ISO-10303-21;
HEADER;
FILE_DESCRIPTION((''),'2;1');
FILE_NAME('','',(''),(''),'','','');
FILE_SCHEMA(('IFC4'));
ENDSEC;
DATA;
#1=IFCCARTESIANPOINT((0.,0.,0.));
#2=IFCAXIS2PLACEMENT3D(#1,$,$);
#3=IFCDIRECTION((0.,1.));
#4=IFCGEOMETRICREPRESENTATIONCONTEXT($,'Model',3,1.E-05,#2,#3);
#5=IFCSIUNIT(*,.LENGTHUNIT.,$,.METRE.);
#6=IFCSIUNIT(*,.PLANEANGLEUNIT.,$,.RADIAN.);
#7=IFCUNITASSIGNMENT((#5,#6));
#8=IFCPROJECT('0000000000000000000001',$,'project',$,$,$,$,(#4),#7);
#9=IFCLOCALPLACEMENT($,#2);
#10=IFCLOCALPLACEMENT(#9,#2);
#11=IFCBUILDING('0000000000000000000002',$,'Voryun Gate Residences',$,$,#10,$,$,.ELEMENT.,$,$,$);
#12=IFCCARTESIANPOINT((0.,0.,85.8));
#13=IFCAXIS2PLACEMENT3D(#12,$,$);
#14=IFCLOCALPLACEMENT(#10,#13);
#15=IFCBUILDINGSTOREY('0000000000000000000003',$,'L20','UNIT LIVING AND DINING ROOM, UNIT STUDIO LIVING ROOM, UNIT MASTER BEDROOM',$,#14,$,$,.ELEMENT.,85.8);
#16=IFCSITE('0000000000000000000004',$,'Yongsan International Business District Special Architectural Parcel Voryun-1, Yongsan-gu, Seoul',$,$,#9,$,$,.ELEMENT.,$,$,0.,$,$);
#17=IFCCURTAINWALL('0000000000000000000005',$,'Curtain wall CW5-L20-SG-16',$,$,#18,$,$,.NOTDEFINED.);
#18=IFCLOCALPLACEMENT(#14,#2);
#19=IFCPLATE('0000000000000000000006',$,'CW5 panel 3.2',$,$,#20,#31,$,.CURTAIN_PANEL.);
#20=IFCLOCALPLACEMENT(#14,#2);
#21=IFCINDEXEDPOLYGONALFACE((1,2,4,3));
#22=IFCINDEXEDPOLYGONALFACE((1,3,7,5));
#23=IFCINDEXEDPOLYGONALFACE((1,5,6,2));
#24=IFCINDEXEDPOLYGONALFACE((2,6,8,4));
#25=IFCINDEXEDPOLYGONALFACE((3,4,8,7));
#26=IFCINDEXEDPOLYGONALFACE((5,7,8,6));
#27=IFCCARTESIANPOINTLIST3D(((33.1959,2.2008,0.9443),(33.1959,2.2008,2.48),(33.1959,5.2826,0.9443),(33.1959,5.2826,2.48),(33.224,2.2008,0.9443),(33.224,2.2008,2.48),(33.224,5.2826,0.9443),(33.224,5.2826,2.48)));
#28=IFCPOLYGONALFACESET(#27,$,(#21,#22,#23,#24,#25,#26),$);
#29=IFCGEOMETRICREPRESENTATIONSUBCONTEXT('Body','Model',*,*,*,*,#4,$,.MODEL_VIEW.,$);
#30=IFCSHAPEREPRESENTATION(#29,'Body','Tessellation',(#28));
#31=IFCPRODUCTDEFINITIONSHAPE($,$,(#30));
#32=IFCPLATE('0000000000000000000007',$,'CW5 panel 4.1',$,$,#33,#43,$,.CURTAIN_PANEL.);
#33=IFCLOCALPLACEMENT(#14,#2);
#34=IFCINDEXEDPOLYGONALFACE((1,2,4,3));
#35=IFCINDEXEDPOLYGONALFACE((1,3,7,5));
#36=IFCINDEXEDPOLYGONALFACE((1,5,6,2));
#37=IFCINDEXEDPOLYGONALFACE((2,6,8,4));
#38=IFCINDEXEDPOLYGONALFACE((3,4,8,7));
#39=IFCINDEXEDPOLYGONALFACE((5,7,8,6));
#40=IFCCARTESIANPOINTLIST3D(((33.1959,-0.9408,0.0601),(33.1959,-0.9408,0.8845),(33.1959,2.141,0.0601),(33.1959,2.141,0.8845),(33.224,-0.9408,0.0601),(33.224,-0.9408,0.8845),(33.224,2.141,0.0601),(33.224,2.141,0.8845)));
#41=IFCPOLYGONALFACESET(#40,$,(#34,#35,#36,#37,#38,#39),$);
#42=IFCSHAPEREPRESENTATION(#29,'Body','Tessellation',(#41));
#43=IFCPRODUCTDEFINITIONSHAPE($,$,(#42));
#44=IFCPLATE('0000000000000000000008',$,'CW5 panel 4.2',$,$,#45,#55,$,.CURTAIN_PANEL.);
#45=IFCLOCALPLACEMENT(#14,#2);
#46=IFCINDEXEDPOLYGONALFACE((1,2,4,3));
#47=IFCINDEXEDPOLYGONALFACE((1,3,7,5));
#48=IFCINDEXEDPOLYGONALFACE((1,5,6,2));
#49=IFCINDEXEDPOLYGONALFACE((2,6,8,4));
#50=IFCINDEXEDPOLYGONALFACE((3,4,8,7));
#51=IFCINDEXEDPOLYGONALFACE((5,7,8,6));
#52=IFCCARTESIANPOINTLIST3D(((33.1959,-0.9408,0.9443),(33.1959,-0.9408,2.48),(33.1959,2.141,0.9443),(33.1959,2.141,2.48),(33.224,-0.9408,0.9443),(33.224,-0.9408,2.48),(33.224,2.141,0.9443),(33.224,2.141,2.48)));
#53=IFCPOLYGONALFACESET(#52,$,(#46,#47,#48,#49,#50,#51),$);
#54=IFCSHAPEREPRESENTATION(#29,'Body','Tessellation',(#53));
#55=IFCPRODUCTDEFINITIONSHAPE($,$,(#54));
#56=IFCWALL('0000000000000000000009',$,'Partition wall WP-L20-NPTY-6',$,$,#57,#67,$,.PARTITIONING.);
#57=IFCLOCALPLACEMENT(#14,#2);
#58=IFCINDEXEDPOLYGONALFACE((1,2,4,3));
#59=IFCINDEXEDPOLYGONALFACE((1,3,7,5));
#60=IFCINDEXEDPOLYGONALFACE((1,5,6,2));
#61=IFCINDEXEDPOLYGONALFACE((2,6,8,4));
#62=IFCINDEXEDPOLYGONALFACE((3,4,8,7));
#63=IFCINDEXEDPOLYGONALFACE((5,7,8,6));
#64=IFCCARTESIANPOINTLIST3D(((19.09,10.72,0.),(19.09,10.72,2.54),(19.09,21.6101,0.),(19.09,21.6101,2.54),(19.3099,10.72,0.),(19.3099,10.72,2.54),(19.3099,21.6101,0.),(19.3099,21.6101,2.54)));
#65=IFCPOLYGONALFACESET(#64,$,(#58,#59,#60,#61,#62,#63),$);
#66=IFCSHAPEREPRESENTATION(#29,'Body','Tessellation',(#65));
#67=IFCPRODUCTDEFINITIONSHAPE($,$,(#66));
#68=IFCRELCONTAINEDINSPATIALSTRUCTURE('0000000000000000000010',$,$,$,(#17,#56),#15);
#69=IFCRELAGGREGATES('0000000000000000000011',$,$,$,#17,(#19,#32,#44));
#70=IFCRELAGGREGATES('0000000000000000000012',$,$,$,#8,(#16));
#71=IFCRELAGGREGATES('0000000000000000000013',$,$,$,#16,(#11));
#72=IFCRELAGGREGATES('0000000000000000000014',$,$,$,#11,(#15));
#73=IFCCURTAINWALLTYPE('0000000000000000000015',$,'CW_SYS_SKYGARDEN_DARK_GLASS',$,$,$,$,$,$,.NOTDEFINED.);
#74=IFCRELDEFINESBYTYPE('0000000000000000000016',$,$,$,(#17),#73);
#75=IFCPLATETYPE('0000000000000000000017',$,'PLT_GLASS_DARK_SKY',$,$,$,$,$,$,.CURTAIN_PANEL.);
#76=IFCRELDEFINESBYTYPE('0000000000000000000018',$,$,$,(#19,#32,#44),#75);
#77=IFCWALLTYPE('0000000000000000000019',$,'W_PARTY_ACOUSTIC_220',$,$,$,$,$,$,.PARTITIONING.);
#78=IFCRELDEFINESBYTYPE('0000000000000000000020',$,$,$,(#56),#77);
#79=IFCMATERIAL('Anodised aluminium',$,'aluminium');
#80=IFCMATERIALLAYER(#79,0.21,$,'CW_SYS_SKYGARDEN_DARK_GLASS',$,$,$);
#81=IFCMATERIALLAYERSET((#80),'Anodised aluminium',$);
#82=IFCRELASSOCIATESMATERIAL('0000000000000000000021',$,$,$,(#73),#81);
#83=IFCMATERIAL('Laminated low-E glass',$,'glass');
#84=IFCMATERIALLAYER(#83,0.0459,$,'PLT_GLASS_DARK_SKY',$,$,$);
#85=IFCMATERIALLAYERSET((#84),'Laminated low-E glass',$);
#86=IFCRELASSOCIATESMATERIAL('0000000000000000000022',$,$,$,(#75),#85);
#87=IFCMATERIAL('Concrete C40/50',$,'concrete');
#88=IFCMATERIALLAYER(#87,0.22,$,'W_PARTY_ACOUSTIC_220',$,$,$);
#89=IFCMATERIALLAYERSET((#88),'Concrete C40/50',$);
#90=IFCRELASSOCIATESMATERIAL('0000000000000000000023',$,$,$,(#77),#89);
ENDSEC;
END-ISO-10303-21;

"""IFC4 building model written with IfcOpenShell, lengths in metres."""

from ifc_helpers import new_model, si_unit, direction, frame, frame_2d, origin, origin_2d, place, context, subcontext, project, spatial, rectangle, extrude, material, layer, layer_set, type_object, element, aggregate, save


model = new_model("IFC4")

# Units and contexts
model_context = context("Model", 3, precision=1e-05, world=origin(), true_north=direction((0.0, 1.0)))
body_context = subcontext(model_context, "Body", "Model", "MODEL_VIEW")
ifc_project = project(units=[si_unit("LENGTHUNIT", "METRE"), si_unit("PLANEANGLEUNIT", "RADIAN")], contexts=[model_context])

# Site, building, storey
site_placement = place(None, origin())
site = spatial("IfcSite", under=ifc_project, at=site_placement, Name="Yongsan International Business District Special Architectural Parcel Voryun-1, Yongsan-gu, Seoul", CompositionType="ELEMENT", RefElevation=0.0)
building_placement = place(site_placement, origin())
building = spatial("IfcBuilding", under=site, at=building_placement, Name="Voryun Gate Residences", CompositionType="ELEMENT")
storey_placement = place(building_placement, frame((0.0, 0.0, 85.8)))
storey = spatial("IfcBuildingStorey", under=building, at=storey_placement, Name="L20", Description="UNIT LIVING AND DINING ROOM, UNIT STUDIO LIVING ROOM, UNIT MASTER BEDROOM", CompositionType="ELEMENT", Elevation=85.8)

# Curtain wall
ifc_material_1 = material(Name="Anodised aluminium", Category="aluminium")
ifc_layer_1 = layer(ifc_material_1, 0.21, Name="CW_SYS_SKYGARDEN_DARK_GLASS")
ifc_layer_set_1 = layer_set([ifc_layer_1], Name="Anodised aluminium")
curtain_wall_type = type_object("IfcCurtainWallType", Name="CW_SYS_SKYGARDEN_DARK_GLASS", PredefinedType="NOTDEFINED", material=ifc_layer_set_1)
curtain_wall_placement = place(storey_placement, origin())
curtain_wall = element("IfcCurtainWall", 1, at=curtain_wall_placement, inside=storey, type_object=curtain_wall_type, Name="Curtain wall CW5-L20-SG-16", PredefinedType="NOTDEFINED")

# Plates
ifc_material_2 = material(Name="Laminated low-E glass", Category="glass")
ifc_layer_2 = layer(ifc_material_2, 0.0459, Name="PLT_GLASS_DARK_SKY")
ifc_layer_set_2 = layer_set([ifc_layer_2], Name="Laminated low-E glass")
plate_type_1 = type_object("IfcPlateType", Name="PLT_GLASS_DARK_SKY", PredefinedType="CURTAIN_PANEL", material=ifc_layer_set_2)
plate_1_placement = place(storey_placement, frame((33.21, 3.7417, 0.9443), z_axis=(0.0, 0.0, 1.0), x_axis=(0.0, -1.0, 0.0)))
plate_1 = element("IfcPlate", 2, at=plate_1_placement, type_object=plate_type_1, Name="CW5 panel 3.2", PredefinedType="CURTAIN_PANEL", context=body_context, shape_type="SweptSolid", body=[
    extrude(rectangle(XDim=3.0818, YDim=0.0281, at=origin_2d()), origin(), (0.0, 0.0, 1.0), 1.5356),
])
plate_2_placement = place(storey_placement, frame((33.21, 0.6001, 0.0601), z_axis=(0.0, 0.0, 1.0), x_axis=(0.0, -1.0, 0.0)))
plate_2 = element("IfcPlate", 3, at=plate_2_placement, type_object=plate_type_1, Name="CW5 panel 4.1", PredefinedType="CURTAIN_PANEL", context=body_context, shape_type="SweptSolid", body=[
    extrude(rectangle(XDim=3.0818, YDim=0.0281, at=origin_2d()), origin(), (0.0, 0.0, 1.0), 0.8245),
])
plate_3_placement = place(storey_placement, frame((33.21, 0.6001, 0.9443), z_axis=(0.0, 0.0, 1.0), x_axis=(0.0, -1.0, 0.0)))
plate_3 = element("IfcPlate", 4, at=plate_3_placement, type_object=plate_type_1, Name="CW5 panel 4.2", PredefinedType="CURTAIN_PANEL", context=body_context, shape_type="SweptSolid", body=[
    extrude(rectangle(XDim=3.0818, YDim=0.0281, at=origin_2d()), origin(), (0.0, 0.0, 1.0), 1.5356),
])
aggregate(curtain_wall, [plate_1, plate_2, plate_3])

# Wall
ifc_material_3 = material(Name="Concrete C40/50", Category="concrete")
ifc_layer_3 = layer(ifc_material_3, 0.22, Name="W_PARTY_ACOUSTIC_220")
ifc_layer_set_3 = layer_set([ifc_layer_3], Name="Concrete C40/50")
wall_type = type_object("IfcWallType", Name="W_PARTY_ACOUSTIC_220", PredefinedType="PARTITIONING", material=ifc_layer_set_3)
wall_placement = place(storey_placement, frame((19.2, 10.72, 0.0), z_axis=(0.0, 0.0, 1.0), x_axis=(0.0, 1.0, 0.0)))
element("IfcWall", 5, at=wall_placement, inside=storey, type_object=wall_type, Name="Partition wall WP-L20-NPTY-6", PredefinedType="PARTITIONING", context=body_context, shape_type="SweptSolid", body=[
    extrude(rectangle(XDim=10.8901, YDim=0.22, at=frame_2d((5.4451, 0.0))), origin(), (0.0, 0.0, 1.0), 2.54),
])

save(model, "model.ifc")
